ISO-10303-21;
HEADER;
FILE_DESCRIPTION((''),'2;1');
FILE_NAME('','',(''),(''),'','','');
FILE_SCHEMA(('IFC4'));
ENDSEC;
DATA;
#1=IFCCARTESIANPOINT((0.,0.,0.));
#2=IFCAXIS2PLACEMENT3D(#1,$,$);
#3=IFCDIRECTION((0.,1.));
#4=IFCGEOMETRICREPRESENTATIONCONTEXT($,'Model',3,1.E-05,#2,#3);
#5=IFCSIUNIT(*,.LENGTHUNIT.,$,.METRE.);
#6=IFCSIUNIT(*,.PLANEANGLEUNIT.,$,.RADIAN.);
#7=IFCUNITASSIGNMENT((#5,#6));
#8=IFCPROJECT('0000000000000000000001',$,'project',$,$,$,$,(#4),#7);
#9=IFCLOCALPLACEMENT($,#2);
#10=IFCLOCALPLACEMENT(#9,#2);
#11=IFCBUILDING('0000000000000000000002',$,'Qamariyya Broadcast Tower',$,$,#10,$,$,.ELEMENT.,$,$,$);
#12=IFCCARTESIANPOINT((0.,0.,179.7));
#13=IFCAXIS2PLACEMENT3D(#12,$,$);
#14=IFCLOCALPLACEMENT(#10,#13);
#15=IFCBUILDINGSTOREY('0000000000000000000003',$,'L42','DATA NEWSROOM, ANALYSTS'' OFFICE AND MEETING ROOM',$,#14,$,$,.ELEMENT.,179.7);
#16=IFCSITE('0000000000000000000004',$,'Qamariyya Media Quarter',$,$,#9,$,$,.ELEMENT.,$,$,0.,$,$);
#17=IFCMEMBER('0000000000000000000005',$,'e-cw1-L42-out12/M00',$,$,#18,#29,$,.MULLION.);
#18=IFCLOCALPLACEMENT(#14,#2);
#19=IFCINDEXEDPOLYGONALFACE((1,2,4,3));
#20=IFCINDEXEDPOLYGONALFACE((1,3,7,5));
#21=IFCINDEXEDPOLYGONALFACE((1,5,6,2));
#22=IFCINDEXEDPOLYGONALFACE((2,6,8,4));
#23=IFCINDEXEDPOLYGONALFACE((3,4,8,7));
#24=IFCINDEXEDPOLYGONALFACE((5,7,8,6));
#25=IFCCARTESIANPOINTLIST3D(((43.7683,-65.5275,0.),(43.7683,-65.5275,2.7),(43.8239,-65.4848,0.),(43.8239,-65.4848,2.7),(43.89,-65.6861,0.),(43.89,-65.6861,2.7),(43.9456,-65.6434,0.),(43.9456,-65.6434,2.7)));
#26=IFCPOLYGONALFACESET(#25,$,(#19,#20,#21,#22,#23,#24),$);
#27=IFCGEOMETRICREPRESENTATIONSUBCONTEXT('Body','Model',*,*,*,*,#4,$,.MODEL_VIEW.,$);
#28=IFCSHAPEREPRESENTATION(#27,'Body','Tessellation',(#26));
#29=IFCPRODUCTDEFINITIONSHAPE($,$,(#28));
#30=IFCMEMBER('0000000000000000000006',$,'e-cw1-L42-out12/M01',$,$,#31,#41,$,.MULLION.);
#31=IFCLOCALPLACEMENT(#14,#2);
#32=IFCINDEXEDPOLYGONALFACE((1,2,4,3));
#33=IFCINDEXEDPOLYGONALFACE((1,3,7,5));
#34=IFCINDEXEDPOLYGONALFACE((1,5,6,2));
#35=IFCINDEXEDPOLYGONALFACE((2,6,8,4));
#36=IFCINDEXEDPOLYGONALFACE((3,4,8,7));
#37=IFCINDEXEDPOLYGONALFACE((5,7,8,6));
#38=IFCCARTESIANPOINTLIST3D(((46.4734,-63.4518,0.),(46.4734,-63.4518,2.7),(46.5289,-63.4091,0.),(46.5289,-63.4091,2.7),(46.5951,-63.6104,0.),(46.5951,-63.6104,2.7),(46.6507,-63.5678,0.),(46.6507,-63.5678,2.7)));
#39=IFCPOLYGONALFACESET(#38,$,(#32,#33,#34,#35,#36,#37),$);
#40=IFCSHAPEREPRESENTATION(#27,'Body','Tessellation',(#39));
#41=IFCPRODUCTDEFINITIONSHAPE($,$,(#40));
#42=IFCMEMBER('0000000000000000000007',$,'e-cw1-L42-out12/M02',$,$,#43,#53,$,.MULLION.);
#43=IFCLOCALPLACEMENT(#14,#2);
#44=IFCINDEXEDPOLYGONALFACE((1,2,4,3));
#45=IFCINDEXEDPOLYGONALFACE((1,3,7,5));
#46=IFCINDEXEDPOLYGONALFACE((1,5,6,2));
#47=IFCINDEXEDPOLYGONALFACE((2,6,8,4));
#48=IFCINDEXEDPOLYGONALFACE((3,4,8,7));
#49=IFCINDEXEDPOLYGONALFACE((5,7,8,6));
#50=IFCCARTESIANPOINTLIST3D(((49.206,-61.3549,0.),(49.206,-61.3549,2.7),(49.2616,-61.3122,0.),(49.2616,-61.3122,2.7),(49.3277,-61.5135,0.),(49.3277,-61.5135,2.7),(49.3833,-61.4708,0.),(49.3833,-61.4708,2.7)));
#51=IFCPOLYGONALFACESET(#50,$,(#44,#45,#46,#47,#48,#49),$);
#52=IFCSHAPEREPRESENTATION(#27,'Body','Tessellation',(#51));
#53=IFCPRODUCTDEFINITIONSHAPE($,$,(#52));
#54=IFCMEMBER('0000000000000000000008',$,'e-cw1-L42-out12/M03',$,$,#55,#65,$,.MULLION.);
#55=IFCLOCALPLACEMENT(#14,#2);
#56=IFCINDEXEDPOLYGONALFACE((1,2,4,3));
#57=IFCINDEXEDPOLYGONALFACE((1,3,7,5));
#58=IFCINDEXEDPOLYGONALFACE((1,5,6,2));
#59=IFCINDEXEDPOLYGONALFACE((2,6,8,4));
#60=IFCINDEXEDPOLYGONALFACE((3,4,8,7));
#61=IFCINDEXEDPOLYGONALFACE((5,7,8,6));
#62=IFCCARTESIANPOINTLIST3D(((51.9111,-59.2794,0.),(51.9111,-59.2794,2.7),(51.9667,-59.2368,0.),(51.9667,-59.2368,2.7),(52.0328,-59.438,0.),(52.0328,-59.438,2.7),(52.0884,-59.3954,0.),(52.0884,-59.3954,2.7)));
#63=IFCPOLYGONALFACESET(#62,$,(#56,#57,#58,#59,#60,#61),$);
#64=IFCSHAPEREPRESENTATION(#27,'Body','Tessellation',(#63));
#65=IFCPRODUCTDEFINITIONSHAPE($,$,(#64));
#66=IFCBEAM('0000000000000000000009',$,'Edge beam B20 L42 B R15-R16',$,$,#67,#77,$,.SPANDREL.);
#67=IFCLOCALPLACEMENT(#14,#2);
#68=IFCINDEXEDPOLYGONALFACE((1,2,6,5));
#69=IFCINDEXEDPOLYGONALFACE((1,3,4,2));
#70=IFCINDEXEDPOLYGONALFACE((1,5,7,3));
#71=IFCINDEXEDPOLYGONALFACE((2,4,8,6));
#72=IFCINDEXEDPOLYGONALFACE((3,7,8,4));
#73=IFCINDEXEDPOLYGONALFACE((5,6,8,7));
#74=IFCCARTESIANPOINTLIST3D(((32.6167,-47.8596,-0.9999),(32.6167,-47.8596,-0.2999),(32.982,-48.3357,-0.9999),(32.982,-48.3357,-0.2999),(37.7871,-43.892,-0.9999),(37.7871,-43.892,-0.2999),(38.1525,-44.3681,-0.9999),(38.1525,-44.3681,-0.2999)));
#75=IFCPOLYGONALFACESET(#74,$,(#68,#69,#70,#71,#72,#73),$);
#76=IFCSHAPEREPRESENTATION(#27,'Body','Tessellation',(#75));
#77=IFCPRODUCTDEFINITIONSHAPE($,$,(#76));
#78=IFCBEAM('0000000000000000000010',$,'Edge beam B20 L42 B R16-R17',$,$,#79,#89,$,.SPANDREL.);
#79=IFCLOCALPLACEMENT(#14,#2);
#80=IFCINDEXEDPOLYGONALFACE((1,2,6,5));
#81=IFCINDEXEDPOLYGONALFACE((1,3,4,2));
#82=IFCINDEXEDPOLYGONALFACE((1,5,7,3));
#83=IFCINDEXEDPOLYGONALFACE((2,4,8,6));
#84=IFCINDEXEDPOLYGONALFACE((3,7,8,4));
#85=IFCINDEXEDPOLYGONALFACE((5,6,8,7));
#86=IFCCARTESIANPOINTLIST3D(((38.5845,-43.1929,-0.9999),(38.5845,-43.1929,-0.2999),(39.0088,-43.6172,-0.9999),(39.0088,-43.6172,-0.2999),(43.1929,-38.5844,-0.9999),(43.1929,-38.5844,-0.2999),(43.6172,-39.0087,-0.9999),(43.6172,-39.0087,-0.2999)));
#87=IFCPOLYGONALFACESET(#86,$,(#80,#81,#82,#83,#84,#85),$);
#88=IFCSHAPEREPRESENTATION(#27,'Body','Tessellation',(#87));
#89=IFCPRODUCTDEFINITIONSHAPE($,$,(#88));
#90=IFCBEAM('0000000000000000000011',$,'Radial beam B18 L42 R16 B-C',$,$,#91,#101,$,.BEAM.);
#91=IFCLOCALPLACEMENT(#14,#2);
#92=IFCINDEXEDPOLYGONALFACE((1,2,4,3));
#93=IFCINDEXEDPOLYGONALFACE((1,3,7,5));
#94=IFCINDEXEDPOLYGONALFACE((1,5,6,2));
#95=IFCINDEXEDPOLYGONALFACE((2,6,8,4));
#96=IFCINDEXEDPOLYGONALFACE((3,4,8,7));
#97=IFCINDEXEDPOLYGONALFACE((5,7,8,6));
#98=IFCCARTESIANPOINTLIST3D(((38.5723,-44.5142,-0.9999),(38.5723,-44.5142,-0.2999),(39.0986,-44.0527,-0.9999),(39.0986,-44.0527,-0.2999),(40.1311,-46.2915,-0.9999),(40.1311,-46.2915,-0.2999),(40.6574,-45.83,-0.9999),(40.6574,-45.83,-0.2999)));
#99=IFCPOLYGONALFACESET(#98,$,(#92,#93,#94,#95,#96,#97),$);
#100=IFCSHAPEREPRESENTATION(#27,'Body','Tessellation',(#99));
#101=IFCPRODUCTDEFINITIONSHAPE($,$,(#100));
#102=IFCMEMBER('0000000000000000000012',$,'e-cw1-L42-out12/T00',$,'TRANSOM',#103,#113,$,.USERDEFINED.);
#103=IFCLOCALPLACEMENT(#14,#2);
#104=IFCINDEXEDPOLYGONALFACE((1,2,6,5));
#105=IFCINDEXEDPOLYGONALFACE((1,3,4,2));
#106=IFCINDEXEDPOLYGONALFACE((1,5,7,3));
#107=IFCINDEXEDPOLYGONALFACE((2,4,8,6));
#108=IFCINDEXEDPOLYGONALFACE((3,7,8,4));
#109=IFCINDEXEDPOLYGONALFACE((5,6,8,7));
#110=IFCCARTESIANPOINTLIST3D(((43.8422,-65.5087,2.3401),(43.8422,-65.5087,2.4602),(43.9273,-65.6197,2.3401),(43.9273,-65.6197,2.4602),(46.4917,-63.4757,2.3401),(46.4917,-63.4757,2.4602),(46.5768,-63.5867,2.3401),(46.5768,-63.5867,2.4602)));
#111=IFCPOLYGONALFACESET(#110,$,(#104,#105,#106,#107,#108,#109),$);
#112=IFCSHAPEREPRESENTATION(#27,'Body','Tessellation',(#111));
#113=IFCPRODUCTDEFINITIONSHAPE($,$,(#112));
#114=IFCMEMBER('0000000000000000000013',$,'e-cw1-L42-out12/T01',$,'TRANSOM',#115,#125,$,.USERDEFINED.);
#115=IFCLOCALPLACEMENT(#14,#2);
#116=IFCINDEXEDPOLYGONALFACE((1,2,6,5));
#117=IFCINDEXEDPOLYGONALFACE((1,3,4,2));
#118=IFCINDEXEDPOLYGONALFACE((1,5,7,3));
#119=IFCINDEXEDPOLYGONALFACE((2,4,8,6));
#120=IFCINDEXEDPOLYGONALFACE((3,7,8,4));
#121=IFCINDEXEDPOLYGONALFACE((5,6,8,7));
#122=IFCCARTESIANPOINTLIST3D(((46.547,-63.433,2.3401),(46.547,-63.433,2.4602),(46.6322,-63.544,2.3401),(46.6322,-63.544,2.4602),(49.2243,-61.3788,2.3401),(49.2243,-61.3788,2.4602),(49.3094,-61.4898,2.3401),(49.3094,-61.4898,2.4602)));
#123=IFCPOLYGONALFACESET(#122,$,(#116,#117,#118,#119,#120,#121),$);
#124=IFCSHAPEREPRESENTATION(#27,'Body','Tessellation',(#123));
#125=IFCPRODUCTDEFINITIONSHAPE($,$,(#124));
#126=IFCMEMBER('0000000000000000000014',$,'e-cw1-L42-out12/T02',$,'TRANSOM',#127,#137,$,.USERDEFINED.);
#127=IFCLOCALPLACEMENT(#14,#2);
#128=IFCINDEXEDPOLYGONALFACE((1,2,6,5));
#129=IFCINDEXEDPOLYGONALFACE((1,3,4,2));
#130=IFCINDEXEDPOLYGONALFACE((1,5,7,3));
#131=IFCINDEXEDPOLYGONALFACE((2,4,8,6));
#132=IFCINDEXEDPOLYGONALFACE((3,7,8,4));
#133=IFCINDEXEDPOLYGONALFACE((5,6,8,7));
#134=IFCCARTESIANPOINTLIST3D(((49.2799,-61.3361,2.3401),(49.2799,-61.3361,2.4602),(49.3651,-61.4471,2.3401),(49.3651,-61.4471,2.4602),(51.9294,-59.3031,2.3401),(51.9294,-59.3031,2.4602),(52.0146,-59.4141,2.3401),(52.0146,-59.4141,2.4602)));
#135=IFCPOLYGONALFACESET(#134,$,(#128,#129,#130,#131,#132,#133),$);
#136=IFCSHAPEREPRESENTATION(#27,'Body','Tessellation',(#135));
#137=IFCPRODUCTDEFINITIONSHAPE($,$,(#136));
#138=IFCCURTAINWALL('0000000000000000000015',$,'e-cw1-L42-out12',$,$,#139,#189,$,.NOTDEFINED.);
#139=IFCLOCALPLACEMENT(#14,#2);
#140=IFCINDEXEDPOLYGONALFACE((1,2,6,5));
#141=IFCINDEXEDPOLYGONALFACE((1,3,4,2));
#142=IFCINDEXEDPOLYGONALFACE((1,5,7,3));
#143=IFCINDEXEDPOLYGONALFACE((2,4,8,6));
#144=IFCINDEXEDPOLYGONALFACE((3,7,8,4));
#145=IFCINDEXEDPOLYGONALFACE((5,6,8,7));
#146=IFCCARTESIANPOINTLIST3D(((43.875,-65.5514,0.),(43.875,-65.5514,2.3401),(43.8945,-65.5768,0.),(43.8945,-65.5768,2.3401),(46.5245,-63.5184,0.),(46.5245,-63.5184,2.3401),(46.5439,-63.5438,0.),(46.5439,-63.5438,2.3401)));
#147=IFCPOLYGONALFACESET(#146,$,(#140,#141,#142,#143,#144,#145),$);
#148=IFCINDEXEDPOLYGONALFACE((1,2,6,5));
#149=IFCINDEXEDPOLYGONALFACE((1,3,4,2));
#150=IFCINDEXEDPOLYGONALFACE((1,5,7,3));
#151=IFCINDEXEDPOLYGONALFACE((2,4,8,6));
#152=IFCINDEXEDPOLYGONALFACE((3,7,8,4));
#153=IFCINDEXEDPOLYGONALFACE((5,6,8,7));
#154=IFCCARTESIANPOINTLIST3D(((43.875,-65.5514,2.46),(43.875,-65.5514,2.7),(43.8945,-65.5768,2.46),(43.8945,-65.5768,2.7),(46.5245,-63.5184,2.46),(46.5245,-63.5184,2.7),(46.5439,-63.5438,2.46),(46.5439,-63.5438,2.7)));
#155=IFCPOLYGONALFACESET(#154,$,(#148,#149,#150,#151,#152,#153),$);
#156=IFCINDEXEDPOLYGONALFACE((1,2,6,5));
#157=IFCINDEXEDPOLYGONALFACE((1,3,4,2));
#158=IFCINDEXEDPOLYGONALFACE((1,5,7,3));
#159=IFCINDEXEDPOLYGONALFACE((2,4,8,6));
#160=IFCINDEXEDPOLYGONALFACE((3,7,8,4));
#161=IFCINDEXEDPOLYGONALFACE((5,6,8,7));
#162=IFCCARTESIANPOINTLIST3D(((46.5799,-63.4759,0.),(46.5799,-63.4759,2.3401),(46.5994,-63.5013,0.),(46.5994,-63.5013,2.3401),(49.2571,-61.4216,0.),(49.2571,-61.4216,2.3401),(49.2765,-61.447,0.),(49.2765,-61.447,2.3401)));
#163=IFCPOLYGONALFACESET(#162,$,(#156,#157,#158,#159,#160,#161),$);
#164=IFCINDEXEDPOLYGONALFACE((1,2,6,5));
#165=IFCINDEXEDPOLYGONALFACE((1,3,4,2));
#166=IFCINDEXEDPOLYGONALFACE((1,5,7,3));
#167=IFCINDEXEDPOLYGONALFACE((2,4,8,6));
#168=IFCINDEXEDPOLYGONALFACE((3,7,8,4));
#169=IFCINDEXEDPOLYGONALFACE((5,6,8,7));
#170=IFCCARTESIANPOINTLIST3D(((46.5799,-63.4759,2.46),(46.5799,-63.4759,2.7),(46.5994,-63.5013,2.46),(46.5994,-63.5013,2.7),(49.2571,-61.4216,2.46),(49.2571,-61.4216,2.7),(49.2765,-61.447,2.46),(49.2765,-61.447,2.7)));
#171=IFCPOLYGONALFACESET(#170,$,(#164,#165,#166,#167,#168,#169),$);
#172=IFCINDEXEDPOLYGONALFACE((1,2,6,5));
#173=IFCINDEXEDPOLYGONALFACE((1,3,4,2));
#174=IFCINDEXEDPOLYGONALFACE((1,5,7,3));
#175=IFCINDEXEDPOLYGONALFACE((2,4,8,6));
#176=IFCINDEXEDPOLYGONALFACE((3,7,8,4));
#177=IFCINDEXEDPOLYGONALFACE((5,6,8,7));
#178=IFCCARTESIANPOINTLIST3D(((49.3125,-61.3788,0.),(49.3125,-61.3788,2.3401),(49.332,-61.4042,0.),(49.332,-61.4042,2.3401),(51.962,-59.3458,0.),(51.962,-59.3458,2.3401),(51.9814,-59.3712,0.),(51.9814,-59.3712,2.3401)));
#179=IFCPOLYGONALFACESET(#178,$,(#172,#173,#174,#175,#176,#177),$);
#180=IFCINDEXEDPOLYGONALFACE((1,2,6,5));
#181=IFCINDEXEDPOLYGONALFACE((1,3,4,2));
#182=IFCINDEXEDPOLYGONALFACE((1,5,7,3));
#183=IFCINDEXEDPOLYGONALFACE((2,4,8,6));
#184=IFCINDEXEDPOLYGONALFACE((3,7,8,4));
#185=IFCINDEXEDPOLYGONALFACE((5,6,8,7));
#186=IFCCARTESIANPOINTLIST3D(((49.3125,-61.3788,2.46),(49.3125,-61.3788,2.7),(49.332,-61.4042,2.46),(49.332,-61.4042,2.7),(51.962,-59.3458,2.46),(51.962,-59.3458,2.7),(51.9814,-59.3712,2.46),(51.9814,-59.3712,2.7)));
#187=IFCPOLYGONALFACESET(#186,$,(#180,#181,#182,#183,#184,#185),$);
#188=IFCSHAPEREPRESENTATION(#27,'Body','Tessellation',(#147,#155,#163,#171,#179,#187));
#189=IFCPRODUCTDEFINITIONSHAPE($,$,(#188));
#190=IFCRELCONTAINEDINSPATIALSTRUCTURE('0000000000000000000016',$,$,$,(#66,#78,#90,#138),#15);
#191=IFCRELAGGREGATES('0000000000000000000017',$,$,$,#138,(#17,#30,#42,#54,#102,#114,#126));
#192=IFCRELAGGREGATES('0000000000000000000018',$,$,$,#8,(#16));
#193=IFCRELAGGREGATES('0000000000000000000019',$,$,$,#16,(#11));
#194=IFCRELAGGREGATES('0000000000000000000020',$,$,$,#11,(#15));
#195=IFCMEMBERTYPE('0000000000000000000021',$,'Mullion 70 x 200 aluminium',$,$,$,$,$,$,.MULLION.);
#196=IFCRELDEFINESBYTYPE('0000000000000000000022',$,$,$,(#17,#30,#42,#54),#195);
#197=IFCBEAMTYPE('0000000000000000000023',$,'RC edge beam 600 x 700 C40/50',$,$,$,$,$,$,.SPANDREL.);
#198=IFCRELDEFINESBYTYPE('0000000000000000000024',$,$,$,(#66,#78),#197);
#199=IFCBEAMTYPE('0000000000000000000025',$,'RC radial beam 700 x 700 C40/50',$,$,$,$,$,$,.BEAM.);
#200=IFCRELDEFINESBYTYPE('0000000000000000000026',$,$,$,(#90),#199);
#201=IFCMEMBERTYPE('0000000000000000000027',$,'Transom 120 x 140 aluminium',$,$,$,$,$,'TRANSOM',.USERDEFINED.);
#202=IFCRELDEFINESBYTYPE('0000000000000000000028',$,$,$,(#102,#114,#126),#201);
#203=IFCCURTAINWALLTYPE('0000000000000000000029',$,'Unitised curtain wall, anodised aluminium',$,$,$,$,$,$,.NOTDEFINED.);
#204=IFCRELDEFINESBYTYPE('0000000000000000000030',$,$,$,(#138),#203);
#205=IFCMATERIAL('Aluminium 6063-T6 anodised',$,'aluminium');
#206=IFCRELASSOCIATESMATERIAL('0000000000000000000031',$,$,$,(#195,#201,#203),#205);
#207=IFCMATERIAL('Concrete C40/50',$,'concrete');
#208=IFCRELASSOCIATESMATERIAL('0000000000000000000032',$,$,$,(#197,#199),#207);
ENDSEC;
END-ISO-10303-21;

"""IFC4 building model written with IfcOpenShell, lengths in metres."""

from ifc_helpers import new_model, si_unit, direction, frame, origin, origin_2d, place, context, subcontext, project, spatial, rectangle, extrude, material, material_profile, profile_set, type_object, element, aggregate, save


model = new_model("IFC4")

# Units and contexts
model_context = context("Model", 3, precision=1e-05, world=origin(), true_north=direction((0.0, 1.0)))
body_context = subcontext(model_context, "Body", "Model", "MODEL_VIEW")
ifc_project = project(units=[si_unit("LENGTHUNIT", "METRE"), si_unit("PLANEANGLEUNIT", "RADIAN")], contexts=[model_context])

# Site, building, storey
site_placement = place(None, origin())
site = spatial("IfcSite", under=ifc_project, at=site_placement, Name="Qamariyya Media Quarter", CompositionType="ELEMENT", RefElevation=0.0)
building_placement = place(site_placement, origin())
building = spatial("IfcBuilding", under=site, at=building_placement, Name="Qamariyya Broadcast Tower", CompositionType="ELEMENT")
storey_placement = place(building_placement, frame((0.0, 0.0, 179.7)))
storey = spatial("IfcBuildingStorey", under=building, at=storey_placement, Name="L42", Description="DATA NEWSROOM, ANALYSTS' OFFICE AND MEETING ROOM", CompositionType="ELEMENT", Elevation=179.7)

# Members
ifc_material_1 = material(Name="Aluminium 6063-T6 anodised", Category="aluminium")
ifc_material_profile_1 = material_profile(ifc_material_1, rectangle(XDim=0.2, YDim=0.0701, at=origin_2d()))
ifc_profile_set_1 = profile_set([ifc_material_profile_1], Name="Aluminium 6063-T6 anodised")
member_type_1 = type_object("IfcMemberType", Name="Mullion 70 x 200 aluminium", PredefinedType="MULLION", material=ifc_profile_set_1)
member_1_placement = place(storey_placement, frame((43.8569, -65.5854, 0.0), z_axis=(0.0, 0.0, 1.0), x_axis=(-0.608761, 0.793353, 0.0)))
member_1 = element("IfcMember", 1, at=member_1_placement, type_object=member_type_1, Name="e-cw1-L42-out12/M00", PredefinedType="MULLION", context=body_context, shape_type="SweptSolid", body=[
    extrude(rectangle(XDim=0.2, YDim=0.0701, at=origin_2d()), origin(), (0.0, 0.0, 1.0), 2.7),
])
member_2_placement = place(storey_placement, frame((46.562, -63.5098, 0.0), z_axis=(0.0, 0.0, 1.0), x_axis=(-0.608761, 0.793353, 0.0)))
member_2 = element("IfcMember", 2, at=member_2_placement, type_object=member_type_1, Name="e-cw1-L42-out12/M01", PredefinedType="MULLION", context=body_context, shape_type="SweptSolid", body=[
    extrude(rectangle(XDim=0.2, YDim=0.0701, at=origin_2d()), origin(), (0.0, 0.0, 1.0), 2.7),
])
member_3_placement = place(storey_placement, frame((49.2947, -61.4128, 0.0), z_axis=(0.0, 0.0, 1.0), x_axis=(-0.608761, 0.793353, 0.0)))
member_3 = element("IfcMember", 3, at=member_3_placement, type_object=member_type_1, Name="e-cw1-L42-out12/M02", PredefinedType="MULLION", context=body_context, shape_type="SweptSolid", body=[
    extrude(rectangle(XDim=0.2, YDim=0.0701, at=origin_2d()), origin(), (0.0, 0.0, 1.0), 2.7),
])
member_4_placement = place(storey_placement, frame((51.9998, -59.3374, 0.0), z_axis=(0.0, 0.0, 1.0), x_axis=(-0.608761, 0.793353, 0.0)))
member_4 = element("IfcMember", 4, at=member_4_placement, type_object=member_type_1, Name="e-cw1-L42-out12/M03", PredefinedType="MULLION", context=body_context, shape_type="SweptSolid", body=[
    extrude(rectangle(XDim=0.2, YDim=0.0701, at=origin_2d()), origin(), (0.0, 0.0, 1.0), 2.7),
])

# Beams
ifc_material_2 = material(Name="Concrete C40/50", Category="concrete")
ifc_material_profile_2 = material_profile(ifc_material_2, rectangle(XDim=0.6001, YDim=0.7, at=origin_2d()))
ifc_profile_set_2 = profile_set([ifc_material_profile_2], Name="Concrete C40/50")
beam_type_1 = type_object("IfcBeamType", Name="RC edge beam 600 x 700 C40/50", PredefinedType="SPANDREL", material=ifc_profile_set_2)
for number, where, z_axis, x_axis, name in (
    (5, (32.7993, -48.0977, -0.6499), (0.793343, 0.608774, 0.0), (-0.608774, 0.793343, 0.0), "Edge beam B20 L42 B R15-R16"),
    (6, (38.7966, -43.405, -0.6499), (0.707107, 0.707107, 0.0), (-0.707107, 0.707107, 0.0), "Edge beam B20 L42 B R16-R17"),
):
    element("IfcBeam", number, at=place(storey_placement, frame(where, z_axis=z_axis, x_axis=x_axis)), inside=storey, type_object=beam_type_1, Name=name, PredefinedType="SPANDREL", context=body_context, shape_type="SweptSolid", body=[
        extrude(rectangle(XDim=0.6001, YDim=0.7, at=origin_2d()), origin(), (0.0, 0.0, 1.0), 6.5173),
    ])
ifc_material_profile_3 = material_profile(ifc_material_2, rectangle(XDim=0.7, YDim=0.7, at=origin_2d()))
ifc_profile_set_3 = profile_set([ifc_material_profile_3], Name="Concrete C40/50")
beam_type_2 = type_object("IfcBeamType", Name="RC radial beam 700 x 700 C40/50", PredefinedType="BEAM", material=ifc_profile_set_3)
beam_placement = place(storey_placement, frame((38.8354, -44.2834, -0.6499), z_axis=(0.659382, -0.751809, 0.0), x_axis=(0.751809, 0.659382, 0.0)))
element("IfcBeam", 7, at=beam_placement, inside=storey, type_object=beam_type_2, Name="Radial beam B18 L42 R16 B-C", PredefinedType="BEAM", context=body_context, shape_type="SweptSolid", body=[
    extrude(rectangle(XDim=0.7, YDim=0.7, at=origin_2d()), origin(), (0.0, 0.0, 1.0), 2.364),
])

# Members
ifc_material_profile_4 = material_profile(ifc_material_1, rectangle(XDim=0.1399, YDim=0.1201, at=origin_2d()))
ifc_profile_set_4 = profile_set([ifc_material_profile_4], Name="Aluminium 6063-T6 anodised")
member_type_2 = type_object("IfcMemberType", Name="Transom 120 x 140 aluminium", ElementType="TRANSOM", PredefinedType="USERDEFINED", material=ifc_profile_set_4)
member_5_placement = place(storey_placement, frame((43.8848, -65.5642, 2.4001), z_axis=(0.793354, 0.60876, 0.0), x_axis=(-0.60876, 0.793354, 0.0)))
member_5 = element("IfcMember", 8, at=member_5_placement, type_object=member_type_2, Name="e-cw1-L42-out12/T00", ObjectType="TRANSOM", PredefinedType="USERDEFINED", context=body_context, shape_type="SweptSolid", body=[
    extrude(rectangle(XDim=0.1399, YDim=0.1201, at=origin_2d()), origin(), (0.0, 0.0, 1.0), 3.3396),
])
member_6_placement = place(storey_placement, frame((46.5896, -63.4885, 2.4001), z_axis=(0.793371, 0.608738, 0.0), x_axis=(-0.608738, 0.793371, 0.0)))
member_6 = element("IfcMember", 9, at=member_6_placement, type_object=member_type_2, Name="e-cw1-L42-out12/T01", ObjectType="TRANSOM", PredefinedType="USERDEFINED", context=body_context, shape_type="SweptSolid", body=[
    extrude(rectangle(XDim=0.1399, YDim=0.1201, at=origin_2d()), origin(), (0.0, 0.0, 1.0), 3.3745),
])
member_7_placement = place(storey_placement, frame((49.3225, -61.3916, 2.4001), z_axis=(0.793354, 0.60876, 0.0), x_axis=(-0.60876, 0.793354, 0.0)))
member_7 = element("IfcMember", 10, at=member_7_placement, type_object=member_type_2, Name="e-cw1-L42-out12/T02", ObjectType="TRANSOM", PredefinedType="USERDEFINED", context=body_context, shape_type="SweptSolid", body=[
    extrude(rectangle(XDim=0.1399, YDim=0.1201, at=origin_2d()), origin(), (0.0, 0.0, 1.0), 3.3396),
])

# Curtain wall
curtain_wall_type = type_object("IfcCurtainWallType", Name="Unitised curtain wall, anodised aluminium", PredefinedType="NOTDEFINED", material=ifc_material_1)
curtain_wall_1_placement = place(storey_placement, origin())
curtain_wall_1 = element("IfcCurtainWall", 11, at=curtain_wall_1_placement, inside=storey, type_object=curtain_wall_type, Name="e-cw1-L42-out12", PredefinedType="NOTDEFINED", context=body_context, shape_type="SweptSolid", body=[
    extrude(rectangle(XDim=3.3396, YDim=0.032, at=origin_2d()), frame((45.2095, -64.5476, 0.0), x_axis=(0.793352, 0.608764, 0.0)), (0.0, 0.0, 1.0), 2.3401),
    extrude(rectangle(XDim=3.3396, YDim=0.032, at=origin_2d()), frame((45.2095, -64.5476, 2.46), x_axis=(0.793352, 0.608764, 0.0)), (0.0, 0.0, 1.0), 0.24),
    extrude(rectangle(XDim=3.3745, YDim=0.032, at=origin_2d()), frame((47.9282, -62.4614, 0.0), x_axis=(0.793352, 0.608764, 0.0)), (0.0, 0.0, 1.0), 2.3401),
    extrude(rectangle(XDim=3.3745, YDim=0.032, at=origin_2d()), frame((47.9282, -62.4614, 2.46), x_axis=(0.793352, 0.608764, 0.0)), (0.0, 0.0, 1.0), 0.24),
    extrude(rectangle(XDim=3.3396, YDim=0.032, at=origin_2d()), frame((50.647, -60.375, 0.0), x_axis=(0.793352, 0.608764, 0.0)), (0.0, 0.0, 1.0), 2.3401),
    extrude(rectangle(XDim=3.3396, YDim=0.032, at=origin_2d()), frame((50.647, -60.375, 2.46), x_axis=(0.793352, 0.608764, 0.0)), (0.0, 0.0, 1.0), 0.24),
])
aggregate(curtain_wall_1, [member_1, member_2, member_3, member_4, member_5, member_6, member_7])

save(model, "model.ifc")
